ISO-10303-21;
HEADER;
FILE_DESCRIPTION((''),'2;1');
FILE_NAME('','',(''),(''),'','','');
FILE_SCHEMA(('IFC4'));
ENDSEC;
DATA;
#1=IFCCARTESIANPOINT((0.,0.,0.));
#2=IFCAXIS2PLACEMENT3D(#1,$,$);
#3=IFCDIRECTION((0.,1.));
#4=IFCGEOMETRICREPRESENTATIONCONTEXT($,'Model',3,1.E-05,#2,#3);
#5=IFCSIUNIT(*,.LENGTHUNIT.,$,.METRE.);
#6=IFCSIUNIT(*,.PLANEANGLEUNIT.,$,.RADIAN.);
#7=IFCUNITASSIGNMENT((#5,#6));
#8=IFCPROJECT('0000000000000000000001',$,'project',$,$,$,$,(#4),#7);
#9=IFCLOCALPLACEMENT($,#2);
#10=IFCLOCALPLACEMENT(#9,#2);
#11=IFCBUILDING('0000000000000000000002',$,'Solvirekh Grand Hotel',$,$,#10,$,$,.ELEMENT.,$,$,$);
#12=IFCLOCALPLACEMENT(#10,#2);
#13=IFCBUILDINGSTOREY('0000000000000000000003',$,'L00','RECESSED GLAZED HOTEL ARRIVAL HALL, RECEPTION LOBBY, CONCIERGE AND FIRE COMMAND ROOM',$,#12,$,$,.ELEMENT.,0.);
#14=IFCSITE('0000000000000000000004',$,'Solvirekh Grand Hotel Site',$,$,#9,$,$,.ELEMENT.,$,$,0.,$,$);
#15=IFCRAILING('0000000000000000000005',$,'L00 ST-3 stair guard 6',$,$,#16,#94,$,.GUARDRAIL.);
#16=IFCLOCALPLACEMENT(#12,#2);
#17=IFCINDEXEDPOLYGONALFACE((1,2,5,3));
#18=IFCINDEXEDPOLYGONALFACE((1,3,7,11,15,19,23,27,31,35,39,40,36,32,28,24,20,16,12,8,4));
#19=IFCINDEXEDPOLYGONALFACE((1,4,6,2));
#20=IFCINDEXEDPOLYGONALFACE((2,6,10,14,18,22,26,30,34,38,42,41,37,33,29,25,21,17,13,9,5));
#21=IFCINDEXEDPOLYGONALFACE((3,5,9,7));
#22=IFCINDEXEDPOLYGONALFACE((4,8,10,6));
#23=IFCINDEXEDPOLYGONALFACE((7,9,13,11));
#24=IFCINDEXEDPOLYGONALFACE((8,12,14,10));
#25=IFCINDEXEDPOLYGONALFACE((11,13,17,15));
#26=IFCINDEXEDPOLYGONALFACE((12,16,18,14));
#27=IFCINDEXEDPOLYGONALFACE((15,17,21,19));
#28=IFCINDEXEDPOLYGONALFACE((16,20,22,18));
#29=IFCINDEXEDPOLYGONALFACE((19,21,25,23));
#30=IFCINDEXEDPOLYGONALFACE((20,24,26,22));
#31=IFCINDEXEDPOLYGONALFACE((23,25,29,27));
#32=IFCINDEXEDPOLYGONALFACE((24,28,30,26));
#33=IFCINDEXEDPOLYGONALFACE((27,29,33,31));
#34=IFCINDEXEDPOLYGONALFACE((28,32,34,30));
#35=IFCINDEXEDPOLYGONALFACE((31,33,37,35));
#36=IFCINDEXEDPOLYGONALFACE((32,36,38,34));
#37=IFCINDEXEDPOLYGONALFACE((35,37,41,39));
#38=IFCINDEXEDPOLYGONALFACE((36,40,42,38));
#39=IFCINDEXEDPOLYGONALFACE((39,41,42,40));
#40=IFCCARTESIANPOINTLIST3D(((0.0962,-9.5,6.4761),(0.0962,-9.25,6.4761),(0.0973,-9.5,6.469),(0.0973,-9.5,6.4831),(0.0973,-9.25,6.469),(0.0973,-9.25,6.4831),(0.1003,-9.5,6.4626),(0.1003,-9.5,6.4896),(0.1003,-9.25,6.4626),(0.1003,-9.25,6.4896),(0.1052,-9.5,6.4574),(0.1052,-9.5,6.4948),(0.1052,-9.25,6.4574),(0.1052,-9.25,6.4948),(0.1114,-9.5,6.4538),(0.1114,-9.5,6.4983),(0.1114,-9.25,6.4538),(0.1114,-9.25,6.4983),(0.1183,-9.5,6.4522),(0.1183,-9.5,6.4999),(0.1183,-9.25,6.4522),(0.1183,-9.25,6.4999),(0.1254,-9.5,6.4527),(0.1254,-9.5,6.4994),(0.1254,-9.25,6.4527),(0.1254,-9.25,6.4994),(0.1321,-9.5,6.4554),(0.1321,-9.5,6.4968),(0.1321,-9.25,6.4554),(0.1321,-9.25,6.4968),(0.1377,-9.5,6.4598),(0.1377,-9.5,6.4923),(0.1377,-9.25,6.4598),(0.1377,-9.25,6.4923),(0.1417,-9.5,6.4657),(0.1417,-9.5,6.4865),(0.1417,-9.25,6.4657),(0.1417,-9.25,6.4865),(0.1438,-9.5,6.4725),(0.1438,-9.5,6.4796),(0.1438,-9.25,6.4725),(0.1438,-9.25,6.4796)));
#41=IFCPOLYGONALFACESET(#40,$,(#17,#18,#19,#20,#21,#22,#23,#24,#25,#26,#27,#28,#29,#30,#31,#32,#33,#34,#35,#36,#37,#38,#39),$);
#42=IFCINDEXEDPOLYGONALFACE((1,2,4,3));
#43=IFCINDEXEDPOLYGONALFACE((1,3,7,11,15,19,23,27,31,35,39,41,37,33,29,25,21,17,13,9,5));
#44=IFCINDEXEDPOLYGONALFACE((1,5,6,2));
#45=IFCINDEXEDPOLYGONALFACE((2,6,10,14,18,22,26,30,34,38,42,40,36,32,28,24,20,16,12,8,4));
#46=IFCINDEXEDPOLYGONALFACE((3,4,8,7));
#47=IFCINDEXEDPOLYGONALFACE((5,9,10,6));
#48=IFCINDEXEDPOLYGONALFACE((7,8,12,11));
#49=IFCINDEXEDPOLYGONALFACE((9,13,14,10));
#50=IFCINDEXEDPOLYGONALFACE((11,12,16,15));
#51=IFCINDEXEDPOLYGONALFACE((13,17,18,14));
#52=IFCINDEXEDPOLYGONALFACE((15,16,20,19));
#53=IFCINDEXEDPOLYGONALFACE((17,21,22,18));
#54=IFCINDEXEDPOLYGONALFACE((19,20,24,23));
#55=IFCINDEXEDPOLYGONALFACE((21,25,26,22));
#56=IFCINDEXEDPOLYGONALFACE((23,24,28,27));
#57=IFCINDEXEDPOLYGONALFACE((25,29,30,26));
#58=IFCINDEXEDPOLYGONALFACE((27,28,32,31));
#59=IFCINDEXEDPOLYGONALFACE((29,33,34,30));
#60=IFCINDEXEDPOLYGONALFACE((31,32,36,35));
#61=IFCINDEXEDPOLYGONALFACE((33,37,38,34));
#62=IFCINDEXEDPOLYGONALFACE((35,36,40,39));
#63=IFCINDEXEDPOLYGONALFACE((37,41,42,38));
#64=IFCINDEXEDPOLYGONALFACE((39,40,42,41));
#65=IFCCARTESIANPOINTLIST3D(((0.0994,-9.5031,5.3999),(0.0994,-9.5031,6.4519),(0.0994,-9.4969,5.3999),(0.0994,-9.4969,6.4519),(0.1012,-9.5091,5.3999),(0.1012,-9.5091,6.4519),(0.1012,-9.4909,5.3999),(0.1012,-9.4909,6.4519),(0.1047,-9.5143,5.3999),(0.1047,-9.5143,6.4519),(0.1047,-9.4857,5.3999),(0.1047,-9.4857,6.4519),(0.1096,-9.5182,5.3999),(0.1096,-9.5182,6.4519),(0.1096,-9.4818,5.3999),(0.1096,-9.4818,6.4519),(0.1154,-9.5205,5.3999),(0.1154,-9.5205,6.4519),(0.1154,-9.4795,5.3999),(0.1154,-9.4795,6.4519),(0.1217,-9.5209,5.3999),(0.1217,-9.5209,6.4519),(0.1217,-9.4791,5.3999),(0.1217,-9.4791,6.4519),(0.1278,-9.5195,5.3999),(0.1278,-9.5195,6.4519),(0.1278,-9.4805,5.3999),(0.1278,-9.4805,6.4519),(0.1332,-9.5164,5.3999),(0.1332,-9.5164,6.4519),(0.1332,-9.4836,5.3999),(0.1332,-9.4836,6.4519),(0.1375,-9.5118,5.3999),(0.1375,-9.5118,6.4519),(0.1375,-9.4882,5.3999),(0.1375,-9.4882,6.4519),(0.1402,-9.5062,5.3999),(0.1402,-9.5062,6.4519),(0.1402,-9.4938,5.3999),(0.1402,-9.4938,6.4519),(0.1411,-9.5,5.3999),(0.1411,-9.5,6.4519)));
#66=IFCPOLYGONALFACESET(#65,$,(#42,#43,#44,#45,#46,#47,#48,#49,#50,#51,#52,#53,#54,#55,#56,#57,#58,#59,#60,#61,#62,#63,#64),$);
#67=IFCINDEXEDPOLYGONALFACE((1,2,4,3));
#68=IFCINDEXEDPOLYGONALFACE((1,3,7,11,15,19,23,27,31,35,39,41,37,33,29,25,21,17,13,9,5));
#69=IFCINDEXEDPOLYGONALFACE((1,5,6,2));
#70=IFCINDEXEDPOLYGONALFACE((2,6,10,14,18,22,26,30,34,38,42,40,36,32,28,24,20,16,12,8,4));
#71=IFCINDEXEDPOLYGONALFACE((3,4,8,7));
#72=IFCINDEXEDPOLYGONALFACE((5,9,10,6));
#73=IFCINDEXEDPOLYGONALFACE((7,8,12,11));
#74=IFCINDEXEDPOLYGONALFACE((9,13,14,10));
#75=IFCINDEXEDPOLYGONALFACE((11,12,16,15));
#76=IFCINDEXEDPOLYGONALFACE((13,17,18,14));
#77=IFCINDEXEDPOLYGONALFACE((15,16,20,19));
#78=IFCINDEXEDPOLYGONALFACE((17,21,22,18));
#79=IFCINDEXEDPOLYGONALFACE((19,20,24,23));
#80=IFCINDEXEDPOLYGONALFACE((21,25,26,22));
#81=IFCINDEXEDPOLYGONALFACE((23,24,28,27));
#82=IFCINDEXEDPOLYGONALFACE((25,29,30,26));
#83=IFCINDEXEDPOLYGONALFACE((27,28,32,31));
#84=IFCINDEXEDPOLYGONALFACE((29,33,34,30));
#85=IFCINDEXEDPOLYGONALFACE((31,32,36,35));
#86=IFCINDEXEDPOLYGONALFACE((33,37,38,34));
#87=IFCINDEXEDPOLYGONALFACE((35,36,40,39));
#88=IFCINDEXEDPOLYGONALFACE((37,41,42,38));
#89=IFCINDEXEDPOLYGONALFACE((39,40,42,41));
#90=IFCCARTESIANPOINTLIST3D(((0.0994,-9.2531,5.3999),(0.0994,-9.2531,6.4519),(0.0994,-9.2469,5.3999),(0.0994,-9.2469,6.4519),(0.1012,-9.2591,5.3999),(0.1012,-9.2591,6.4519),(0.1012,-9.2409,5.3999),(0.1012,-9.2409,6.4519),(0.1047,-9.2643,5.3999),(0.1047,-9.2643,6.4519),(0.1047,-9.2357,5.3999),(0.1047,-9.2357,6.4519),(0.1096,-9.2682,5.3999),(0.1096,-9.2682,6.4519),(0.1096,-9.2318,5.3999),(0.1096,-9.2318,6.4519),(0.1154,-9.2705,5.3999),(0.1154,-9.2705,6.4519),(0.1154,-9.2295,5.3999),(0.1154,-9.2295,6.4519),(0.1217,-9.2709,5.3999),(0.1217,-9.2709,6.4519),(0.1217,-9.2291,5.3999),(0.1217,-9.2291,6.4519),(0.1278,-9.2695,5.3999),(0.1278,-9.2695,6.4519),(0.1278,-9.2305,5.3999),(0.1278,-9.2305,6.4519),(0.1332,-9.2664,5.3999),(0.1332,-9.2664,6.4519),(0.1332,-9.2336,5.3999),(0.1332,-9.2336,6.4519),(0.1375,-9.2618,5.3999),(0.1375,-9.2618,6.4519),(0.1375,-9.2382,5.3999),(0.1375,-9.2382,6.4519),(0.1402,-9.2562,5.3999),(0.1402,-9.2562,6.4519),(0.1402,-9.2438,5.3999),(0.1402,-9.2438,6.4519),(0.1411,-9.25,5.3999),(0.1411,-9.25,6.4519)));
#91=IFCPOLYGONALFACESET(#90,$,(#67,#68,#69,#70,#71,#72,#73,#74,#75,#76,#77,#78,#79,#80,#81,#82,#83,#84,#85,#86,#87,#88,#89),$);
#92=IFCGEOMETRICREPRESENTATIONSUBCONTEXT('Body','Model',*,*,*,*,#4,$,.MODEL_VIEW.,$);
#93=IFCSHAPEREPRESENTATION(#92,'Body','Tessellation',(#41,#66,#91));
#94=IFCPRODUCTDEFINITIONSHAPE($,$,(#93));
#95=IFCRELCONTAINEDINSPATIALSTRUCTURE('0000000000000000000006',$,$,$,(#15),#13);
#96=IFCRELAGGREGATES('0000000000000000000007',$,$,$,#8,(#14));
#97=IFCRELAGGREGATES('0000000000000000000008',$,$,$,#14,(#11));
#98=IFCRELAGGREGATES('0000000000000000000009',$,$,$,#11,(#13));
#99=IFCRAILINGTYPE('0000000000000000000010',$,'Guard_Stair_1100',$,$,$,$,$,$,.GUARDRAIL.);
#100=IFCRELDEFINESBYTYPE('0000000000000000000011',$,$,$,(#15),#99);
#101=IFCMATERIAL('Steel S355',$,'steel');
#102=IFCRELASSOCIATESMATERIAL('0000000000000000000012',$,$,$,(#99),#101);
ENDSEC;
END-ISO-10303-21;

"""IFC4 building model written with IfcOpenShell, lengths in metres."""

from ifc_helpers import new_model, si_unit, direction, frame, origin, origin_2d, place, context, subcontext, project, spatial, circle, extrude, material, type_object, element, save


model = new_model("IFC4")

# Units and contexts
model_context = context("Model", 3, precision=1e-05, world=origin(), true_north=direction((0.0, 1.0)))
body_context = subcontext(model_context, "Body", "Model", "MODEL_VIEW")
ifc_project = project(units=[si_unit("LENGTHUNIT", "METRE"), si_unit("PLANEANGLEUNIT", "RADIAN")], contexts=[model_context])

# Site, building, storey
site_placement = place(None, origin())
site = spatial("IfcSite", under=ifc_project, at=site_placement, Name="Solvirekh Grand Hotel Site", CompositionType="ELEMENT", RefElevation=0.0)
building_placement = place(site_placement, origin())
building = spatial("IfcBuilding", under=site, at=building_placement, Name="Solvirekh Grand Hotel", CompositionType="ELEMENT")
storey_placement = place(building_placement, origin())
storey = spatial("IfcBuildingStorey", under=building, at=storey_placement, Name="L00", Description="RECESSED GLAZED HOTEL ARRIVAL HALL, RECEPTION LOBBY, CONCIERGE AND FIRE COMMAND ROOM", CompositionType="ELEMENT", Elevation=0.0)

# Shared definitions
ifc_material_1 = material(Name="Steel S355", Category="steel")

# Railing
railing_type_1 = type_object("IfcRailingType", Name="Guard_Stair_1100", PredefinedType="GUARDRAIL", material=ifc_material_1)
railing_1_placement = place(storey_placement, frame((0.1201, -9.5, 5.3999)))
element("IfcRailing", 1, at=railing_1_placement, inside=storey, type_object=railing_type_1, Name="L00 ST-3 stair guard 6", PredefinedType="GUARDRAIL", context=body_context, shape_type="SweptSolid", body=[
    extrude(circle(Radius=0.0239, at=origin_2d()), frame((0.0, 0.0, 1.0762), z_axis=(0.0, 1.0, 0.0), x_axis=(-1.0, 0.0, 0.0)), (0.0, 0.0, 1.0), 0.25),
    extrude(circle(Radius=0.021, at=origin_2d()), origin(), (0.0, 0.0, 1.0), 1.052),
    extrude(circle(Radius=0.021, at=origin_2d()), frame((0.0, 0.25, 0.0)), (0.0, 0.0, 1.0), 1.052),
])

save(model, "model.ifc")
